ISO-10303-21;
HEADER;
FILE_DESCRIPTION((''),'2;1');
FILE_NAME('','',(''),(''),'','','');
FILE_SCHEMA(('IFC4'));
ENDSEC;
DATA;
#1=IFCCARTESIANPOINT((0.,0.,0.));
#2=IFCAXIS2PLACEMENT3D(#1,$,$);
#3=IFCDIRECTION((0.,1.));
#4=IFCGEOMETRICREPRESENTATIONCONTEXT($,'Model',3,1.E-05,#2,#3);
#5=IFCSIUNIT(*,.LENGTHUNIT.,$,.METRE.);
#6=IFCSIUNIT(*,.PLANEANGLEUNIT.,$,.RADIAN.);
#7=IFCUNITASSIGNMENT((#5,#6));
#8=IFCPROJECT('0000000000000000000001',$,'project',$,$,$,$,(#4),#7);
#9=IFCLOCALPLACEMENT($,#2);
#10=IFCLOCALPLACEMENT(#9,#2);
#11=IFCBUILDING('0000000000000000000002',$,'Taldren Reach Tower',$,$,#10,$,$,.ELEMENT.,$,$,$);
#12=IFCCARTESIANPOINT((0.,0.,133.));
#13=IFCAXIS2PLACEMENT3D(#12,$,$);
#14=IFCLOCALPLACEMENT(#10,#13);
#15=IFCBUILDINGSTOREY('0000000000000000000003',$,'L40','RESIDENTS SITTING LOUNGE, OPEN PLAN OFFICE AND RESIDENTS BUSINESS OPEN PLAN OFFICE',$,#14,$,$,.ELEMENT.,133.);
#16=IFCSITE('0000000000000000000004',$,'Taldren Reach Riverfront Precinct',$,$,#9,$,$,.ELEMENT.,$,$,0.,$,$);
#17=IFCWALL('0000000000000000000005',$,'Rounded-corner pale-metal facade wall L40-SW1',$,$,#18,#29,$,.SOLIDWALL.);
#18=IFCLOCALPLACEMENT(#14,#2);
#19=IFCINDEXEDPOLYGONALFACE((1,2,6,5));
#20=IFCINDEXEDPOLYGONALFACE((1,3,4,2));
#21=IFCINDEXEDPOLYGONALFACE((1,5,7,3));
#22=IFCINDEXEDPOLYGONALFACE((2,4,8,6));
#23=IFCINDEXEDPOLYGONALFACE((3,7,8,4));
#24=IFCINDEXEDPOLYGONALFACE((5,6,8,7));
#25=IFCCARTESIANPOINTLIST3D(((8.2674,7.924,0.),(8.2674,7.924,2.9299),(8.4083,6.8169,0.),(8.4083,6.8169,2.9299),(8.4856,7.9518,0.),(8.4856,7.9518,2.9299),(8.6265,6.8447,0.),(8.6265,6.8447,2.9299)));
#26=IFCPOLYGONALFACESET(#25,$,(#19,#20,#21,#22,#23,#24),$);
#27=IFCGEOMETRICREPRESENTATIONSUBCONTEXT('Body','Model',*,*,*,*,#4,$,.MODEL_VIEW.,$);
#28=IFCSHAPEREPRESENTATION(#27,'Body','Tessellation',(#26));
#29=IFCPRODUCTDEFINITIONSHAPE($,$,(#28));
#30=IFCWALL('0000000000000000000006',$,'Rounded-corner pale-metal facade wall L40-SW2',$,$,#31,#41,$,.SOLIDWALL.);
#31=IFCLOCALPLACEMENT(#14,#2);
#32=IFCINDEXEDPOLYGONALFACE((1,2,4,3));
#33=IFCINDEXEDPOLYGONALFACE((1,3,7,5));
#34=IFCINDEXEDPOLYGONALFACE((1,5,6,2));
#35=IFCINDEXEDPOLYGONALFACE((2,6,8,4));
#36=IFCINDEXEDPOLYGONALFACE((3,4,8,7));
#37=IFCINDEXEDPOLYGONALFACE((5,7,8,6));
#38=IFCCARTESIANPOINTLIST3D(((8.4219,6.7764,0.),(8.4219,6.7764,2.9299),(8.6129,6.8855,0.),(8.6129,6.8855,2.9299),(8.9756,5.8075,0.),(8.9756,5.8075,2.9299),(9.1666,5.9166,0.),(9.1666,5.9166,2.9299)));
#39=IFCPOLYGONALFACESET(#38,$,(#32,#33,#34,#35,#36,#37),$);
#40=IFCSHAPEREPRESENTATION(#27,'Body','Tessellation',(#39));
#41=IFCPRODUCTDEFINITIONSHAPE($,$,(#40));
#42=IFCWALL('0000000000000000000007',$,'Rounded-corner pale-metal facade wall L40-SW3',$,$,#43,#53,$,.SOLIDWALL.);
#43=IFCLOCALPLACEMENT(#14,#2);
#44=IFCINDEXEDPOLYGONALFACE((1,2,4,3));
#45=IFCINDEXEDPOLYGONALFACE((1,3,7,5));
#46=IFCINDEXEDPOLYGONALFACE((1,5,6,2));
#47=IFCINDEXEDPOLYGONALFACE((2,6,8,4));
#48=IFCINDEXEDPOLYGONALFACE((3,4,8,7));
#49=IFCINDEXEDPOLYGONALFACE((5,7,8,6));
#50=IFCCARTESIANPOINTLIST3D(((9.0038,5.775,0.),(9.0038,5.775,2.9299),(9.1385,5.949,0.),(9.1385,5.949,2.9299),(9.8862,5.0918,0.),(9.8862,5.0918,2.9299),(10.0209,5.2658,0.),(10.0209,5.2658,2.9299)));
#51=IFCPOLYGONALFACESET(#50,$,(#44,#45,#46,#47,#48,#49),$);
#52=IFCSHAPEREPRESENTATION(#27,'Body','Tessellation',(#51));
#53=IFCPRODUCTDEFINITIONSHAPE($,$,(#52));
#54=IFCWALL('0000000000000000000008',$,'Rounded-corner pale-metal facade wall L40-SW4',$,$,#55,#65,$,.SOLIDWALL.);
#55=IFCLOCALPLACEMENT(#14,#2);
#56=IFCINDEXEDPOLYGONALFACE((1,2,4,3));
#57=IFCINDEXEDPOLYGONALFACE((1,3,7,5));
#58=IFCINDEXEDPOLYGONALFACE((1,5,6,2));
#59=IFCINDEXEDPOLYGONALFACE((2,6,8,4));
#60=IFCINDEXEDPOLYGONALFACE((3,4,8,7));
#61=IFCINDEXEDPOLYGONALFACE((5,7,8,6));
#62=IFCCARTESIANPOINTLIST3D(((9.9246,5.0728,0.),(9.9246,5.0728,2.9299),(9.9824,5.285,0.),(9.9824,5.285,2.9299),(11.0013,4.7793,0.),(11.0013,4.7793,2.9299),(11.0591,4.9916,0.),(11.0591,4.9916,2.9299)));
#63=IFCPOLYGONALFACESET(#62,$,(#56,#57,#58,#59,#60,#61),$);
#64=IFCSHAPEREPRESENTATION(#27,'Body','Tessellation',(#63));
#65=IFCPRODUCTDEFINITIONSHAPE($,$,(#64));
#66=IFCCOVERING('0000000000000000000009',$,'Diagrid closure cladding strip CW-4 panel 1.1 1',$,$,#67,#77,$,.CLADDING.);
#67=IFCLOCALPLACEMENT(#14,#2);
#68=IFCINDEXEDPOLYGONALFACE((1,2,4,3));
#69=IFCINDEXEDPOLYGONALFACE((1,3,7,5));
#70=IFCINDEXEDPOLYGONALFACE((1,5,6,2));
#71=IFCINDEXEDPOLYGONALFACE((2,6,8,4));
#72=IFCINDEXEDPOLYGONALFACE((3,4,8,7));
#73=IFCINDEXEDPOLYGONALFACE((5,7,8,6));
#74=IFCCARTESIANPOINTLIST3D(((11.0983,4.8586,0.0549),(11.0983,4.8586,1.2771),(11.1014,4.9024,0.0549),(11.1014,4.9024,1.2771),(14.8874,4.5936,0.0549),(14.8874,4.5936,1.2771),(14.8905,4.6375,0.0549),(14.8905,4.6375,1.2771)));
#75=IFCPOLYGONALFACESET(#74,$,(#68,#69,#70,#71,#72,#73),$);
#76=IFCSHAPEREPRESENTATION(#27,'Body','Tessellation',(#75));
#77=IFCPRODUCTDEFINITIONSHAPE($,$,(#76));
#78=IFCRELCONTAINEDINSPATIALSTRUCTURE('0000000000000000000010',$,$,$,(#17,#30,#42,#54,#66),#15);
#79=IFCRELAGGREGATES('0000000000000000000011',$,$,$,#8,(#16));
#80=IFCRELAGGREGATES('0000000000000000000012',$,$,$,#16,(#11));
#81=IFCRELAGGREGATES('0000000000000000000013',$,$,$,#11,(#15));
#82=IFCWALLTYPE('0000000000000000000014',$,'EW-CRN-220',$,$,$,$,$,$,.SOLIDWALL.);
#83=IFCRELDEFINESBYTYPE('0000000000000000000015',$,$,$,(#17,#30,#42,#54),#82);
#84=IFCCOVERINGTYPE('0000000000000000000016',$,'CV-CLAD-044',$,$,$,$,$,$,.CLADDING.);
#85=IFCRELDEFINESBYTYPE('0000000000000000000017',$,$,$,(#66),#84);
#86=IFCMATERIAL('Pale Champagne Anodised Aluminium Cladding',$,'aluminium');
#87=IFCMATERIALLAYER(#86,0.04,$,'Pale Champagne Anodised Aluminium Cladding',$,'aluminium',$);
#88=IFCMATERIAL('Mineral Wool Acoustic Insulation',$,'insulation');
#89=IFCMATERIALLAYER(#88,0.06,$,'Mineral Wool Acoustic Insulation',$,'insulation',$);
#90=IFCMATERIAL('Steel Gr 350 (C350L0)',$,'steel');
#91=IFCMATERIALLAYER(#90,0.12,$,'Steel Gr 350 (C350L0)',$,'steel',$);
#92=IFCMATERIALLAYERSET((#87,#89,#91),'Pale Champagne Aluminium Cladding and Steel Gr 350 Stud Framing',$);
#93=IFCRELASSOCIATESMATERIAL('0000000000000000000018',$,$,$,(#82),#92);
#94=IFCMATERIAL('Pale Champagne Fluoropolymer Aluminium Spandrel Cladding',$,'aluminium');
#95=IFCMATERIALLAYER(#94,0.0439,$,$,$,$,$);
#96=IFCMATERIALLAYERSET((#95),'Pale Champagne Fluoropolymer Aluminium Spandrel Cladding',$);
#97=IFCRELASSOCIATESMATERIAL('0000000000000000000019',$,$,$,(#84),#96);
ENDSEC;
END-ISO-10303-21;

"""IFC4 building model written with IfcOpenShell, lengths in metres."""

from ifc_helpers import new_model, si_unit, direction, frame, frame_2d, origin, origin_2d, place, context, subcontext, project, spatial, rectangle, extrude, source, transform, mapped, material, layer, layer_set, type_object, element, save


model = new_model("IFC4")

# Units and contexts
model_context = context("Model", 3, precision=1e-05, world=origin(), true_north=direction((0.0, 1.0)))
body_context = subcontext(model_context, "Body", "Model", "MODEL_VIEW")
ifc_project = project(units=[si_unit("LENGTHUNIT", "METRE"), si_unit("PLANEANGLEUNIT", "RADIAN")], contexts=[model_context])

# Site, building, storey
site_placement = place(None, origin())
site = spatial("IfcSite", under=ifc_project, at=site_placement, Name="Taldren Reach Riverfront Precinct", CompositionType="ELEMENT", RefElevation=0.0)
building_placement = place(site_placement, origin())
building = spatial("IfcBuilding", under=site, at=building_placement, Name="Taldren Reach Tower", CompositionType="ELEMENT")
storey_placement = place(building_placement, frame((0.0, 0.0, 133.0)))
storey = spatial("IfcBuildingStorey", under=building, at=storey_placement, Name="L40", Description="RESIDENTS SITTING LOUNGE, OPEN PLAN OFFICE AND RESIDENTS BUSINESS OPEN PLAN OFFICE", CompositionType="ELEMENT", Elevation=133.0)

# Shared definitions
ifc_material_1 = material(Name="Steel Gr 350 (C350L0)", Category="steel")

# Walls
ifc_material_2 = material(Name="Pale Champagne Anodised Aluminium Cladding", Category="aluminium")
ifc_layer_1 = layer(ifc_material_2, 0.04, Name="Pale Champagne Anodised Aluminium Cladding", Category="aluminium")
ifc_material_3 = material(Name="Mineral Wool Acoustic Insulation", Category="insulation")
ifc_layer_2 = layer(ifc_material_3, 0.06, Name="Mineral Wool Acoustic Insulation", Category="insulation")
ifc_layer_3 = layer(ifc_material_1, 0.12, Name="Steel Gr 350 (C350L0)", Category="steel")
ifc_layer_set_1 = layer_set([ifc_layer_1, ifc_layer_2, ifc_layer_3], Name="Pale Champagne Aluminium Cladding and Steel Gr 350 Stud Framing")
wall_type = type_object("IfcWallType", Name="EW-CRN-220", PredefinedType="SOLIDWALL", material=ifc_layer_set_1)
shared_shape_1 = source(origin(), body_context, "Body", "SweptSolid", [
    extrude(rectangle(XDim=1.116, YDim=0.22, at=frame_2d((0.5581, 0.0))), origin(), (0.0, 0.0, 1.0), 2.9299),
])
for number, where, z_axis, x_axis, name in (
    (1, (8.3765, 7.938, 0.0), (0.0, 0.0, 1.0), (0.126243, -0.991999, 0.0), "Rounded-corner pale-metal facade wall L40-SW1"),
    (2, (8.5173, 6.8311, 0.0), (0.0, 0.0, 1.0), (0.496139, -0.868243, 0.0), "Rounded-corner pale-metal facade wall L40-SW2"),
    (3, (9.071, 5.8621, 0.0), (0.0, 0.0, 1.0), (0.790717, -0.612182, 0.0), "Rounded-corner pale-metal facade wall L40-SW3"),
    (4, (9.9534, 5.179, 0.0), (0.0, 0.0, 1.0), (0.964804, -0.262969, 0.0), "Rounded-corner pale-metal facade wall L40-SW4"),
):
    element("IfcWall", number, at=place(storey_placement, frame(where, z_axis=z_axis, x_axis=x_axis)), inside=storey, type_object=wall_type, Name=name, PredefinedType="SOLIDWALL", context=body_context, shape_type="MappedRepresentation", body=[
        mapped(shared_shape_1, transform((0.0, 0.0, 0.0), scale=1.0)),
    ])

# Covering
ifc_material_4 = material(Name="Pale Champagne Fluoropolymer Aluminium Spandrel Cladding", Category="aluminium")
ifc_layer_4 = layer(ifc_material_4, 0.0439)
ifc_layer_set_2 = layer_set([ifc_layer_4], Name="Pale Champagne Fluoropolymer Aluminium Spandrel Cladding")
covering_type = type_object("IfcCoveringType", Name="CV-CLAD-044", PredefinedType="CLADDING", material=ifc_layer_set_2)
shared_shape_2 = source(origin(), body_context, "Body", "SweptSolid", [
    extrude(rectangle(XDim=3.7983, YDim=0.0439, at=origin_2d()), origin(), (0.0, 0.0, 1.0), 1.2222),
])
covering_placement = place(storey_placement, frame((12.9944, 4.748, 0.0549), z_axis=(0.0, 0.0, 1.0), x_axis=(0.997564, -0.069757, 0.0)))
element("IfcCovering", 5, at=covering_placement, inside=storey, type_object=covering_type, Name="Diagrid closure cladding strip CW-4 panel 1.1 1", PredefinedType="CLADDING", context=body_context, shape_type="MappedRepresentation", body=[
    mapped(shared_shape_2, transform((0.0, 0.0, 0.0), scale=1.0)),
])

save(model, "model.ifc")
